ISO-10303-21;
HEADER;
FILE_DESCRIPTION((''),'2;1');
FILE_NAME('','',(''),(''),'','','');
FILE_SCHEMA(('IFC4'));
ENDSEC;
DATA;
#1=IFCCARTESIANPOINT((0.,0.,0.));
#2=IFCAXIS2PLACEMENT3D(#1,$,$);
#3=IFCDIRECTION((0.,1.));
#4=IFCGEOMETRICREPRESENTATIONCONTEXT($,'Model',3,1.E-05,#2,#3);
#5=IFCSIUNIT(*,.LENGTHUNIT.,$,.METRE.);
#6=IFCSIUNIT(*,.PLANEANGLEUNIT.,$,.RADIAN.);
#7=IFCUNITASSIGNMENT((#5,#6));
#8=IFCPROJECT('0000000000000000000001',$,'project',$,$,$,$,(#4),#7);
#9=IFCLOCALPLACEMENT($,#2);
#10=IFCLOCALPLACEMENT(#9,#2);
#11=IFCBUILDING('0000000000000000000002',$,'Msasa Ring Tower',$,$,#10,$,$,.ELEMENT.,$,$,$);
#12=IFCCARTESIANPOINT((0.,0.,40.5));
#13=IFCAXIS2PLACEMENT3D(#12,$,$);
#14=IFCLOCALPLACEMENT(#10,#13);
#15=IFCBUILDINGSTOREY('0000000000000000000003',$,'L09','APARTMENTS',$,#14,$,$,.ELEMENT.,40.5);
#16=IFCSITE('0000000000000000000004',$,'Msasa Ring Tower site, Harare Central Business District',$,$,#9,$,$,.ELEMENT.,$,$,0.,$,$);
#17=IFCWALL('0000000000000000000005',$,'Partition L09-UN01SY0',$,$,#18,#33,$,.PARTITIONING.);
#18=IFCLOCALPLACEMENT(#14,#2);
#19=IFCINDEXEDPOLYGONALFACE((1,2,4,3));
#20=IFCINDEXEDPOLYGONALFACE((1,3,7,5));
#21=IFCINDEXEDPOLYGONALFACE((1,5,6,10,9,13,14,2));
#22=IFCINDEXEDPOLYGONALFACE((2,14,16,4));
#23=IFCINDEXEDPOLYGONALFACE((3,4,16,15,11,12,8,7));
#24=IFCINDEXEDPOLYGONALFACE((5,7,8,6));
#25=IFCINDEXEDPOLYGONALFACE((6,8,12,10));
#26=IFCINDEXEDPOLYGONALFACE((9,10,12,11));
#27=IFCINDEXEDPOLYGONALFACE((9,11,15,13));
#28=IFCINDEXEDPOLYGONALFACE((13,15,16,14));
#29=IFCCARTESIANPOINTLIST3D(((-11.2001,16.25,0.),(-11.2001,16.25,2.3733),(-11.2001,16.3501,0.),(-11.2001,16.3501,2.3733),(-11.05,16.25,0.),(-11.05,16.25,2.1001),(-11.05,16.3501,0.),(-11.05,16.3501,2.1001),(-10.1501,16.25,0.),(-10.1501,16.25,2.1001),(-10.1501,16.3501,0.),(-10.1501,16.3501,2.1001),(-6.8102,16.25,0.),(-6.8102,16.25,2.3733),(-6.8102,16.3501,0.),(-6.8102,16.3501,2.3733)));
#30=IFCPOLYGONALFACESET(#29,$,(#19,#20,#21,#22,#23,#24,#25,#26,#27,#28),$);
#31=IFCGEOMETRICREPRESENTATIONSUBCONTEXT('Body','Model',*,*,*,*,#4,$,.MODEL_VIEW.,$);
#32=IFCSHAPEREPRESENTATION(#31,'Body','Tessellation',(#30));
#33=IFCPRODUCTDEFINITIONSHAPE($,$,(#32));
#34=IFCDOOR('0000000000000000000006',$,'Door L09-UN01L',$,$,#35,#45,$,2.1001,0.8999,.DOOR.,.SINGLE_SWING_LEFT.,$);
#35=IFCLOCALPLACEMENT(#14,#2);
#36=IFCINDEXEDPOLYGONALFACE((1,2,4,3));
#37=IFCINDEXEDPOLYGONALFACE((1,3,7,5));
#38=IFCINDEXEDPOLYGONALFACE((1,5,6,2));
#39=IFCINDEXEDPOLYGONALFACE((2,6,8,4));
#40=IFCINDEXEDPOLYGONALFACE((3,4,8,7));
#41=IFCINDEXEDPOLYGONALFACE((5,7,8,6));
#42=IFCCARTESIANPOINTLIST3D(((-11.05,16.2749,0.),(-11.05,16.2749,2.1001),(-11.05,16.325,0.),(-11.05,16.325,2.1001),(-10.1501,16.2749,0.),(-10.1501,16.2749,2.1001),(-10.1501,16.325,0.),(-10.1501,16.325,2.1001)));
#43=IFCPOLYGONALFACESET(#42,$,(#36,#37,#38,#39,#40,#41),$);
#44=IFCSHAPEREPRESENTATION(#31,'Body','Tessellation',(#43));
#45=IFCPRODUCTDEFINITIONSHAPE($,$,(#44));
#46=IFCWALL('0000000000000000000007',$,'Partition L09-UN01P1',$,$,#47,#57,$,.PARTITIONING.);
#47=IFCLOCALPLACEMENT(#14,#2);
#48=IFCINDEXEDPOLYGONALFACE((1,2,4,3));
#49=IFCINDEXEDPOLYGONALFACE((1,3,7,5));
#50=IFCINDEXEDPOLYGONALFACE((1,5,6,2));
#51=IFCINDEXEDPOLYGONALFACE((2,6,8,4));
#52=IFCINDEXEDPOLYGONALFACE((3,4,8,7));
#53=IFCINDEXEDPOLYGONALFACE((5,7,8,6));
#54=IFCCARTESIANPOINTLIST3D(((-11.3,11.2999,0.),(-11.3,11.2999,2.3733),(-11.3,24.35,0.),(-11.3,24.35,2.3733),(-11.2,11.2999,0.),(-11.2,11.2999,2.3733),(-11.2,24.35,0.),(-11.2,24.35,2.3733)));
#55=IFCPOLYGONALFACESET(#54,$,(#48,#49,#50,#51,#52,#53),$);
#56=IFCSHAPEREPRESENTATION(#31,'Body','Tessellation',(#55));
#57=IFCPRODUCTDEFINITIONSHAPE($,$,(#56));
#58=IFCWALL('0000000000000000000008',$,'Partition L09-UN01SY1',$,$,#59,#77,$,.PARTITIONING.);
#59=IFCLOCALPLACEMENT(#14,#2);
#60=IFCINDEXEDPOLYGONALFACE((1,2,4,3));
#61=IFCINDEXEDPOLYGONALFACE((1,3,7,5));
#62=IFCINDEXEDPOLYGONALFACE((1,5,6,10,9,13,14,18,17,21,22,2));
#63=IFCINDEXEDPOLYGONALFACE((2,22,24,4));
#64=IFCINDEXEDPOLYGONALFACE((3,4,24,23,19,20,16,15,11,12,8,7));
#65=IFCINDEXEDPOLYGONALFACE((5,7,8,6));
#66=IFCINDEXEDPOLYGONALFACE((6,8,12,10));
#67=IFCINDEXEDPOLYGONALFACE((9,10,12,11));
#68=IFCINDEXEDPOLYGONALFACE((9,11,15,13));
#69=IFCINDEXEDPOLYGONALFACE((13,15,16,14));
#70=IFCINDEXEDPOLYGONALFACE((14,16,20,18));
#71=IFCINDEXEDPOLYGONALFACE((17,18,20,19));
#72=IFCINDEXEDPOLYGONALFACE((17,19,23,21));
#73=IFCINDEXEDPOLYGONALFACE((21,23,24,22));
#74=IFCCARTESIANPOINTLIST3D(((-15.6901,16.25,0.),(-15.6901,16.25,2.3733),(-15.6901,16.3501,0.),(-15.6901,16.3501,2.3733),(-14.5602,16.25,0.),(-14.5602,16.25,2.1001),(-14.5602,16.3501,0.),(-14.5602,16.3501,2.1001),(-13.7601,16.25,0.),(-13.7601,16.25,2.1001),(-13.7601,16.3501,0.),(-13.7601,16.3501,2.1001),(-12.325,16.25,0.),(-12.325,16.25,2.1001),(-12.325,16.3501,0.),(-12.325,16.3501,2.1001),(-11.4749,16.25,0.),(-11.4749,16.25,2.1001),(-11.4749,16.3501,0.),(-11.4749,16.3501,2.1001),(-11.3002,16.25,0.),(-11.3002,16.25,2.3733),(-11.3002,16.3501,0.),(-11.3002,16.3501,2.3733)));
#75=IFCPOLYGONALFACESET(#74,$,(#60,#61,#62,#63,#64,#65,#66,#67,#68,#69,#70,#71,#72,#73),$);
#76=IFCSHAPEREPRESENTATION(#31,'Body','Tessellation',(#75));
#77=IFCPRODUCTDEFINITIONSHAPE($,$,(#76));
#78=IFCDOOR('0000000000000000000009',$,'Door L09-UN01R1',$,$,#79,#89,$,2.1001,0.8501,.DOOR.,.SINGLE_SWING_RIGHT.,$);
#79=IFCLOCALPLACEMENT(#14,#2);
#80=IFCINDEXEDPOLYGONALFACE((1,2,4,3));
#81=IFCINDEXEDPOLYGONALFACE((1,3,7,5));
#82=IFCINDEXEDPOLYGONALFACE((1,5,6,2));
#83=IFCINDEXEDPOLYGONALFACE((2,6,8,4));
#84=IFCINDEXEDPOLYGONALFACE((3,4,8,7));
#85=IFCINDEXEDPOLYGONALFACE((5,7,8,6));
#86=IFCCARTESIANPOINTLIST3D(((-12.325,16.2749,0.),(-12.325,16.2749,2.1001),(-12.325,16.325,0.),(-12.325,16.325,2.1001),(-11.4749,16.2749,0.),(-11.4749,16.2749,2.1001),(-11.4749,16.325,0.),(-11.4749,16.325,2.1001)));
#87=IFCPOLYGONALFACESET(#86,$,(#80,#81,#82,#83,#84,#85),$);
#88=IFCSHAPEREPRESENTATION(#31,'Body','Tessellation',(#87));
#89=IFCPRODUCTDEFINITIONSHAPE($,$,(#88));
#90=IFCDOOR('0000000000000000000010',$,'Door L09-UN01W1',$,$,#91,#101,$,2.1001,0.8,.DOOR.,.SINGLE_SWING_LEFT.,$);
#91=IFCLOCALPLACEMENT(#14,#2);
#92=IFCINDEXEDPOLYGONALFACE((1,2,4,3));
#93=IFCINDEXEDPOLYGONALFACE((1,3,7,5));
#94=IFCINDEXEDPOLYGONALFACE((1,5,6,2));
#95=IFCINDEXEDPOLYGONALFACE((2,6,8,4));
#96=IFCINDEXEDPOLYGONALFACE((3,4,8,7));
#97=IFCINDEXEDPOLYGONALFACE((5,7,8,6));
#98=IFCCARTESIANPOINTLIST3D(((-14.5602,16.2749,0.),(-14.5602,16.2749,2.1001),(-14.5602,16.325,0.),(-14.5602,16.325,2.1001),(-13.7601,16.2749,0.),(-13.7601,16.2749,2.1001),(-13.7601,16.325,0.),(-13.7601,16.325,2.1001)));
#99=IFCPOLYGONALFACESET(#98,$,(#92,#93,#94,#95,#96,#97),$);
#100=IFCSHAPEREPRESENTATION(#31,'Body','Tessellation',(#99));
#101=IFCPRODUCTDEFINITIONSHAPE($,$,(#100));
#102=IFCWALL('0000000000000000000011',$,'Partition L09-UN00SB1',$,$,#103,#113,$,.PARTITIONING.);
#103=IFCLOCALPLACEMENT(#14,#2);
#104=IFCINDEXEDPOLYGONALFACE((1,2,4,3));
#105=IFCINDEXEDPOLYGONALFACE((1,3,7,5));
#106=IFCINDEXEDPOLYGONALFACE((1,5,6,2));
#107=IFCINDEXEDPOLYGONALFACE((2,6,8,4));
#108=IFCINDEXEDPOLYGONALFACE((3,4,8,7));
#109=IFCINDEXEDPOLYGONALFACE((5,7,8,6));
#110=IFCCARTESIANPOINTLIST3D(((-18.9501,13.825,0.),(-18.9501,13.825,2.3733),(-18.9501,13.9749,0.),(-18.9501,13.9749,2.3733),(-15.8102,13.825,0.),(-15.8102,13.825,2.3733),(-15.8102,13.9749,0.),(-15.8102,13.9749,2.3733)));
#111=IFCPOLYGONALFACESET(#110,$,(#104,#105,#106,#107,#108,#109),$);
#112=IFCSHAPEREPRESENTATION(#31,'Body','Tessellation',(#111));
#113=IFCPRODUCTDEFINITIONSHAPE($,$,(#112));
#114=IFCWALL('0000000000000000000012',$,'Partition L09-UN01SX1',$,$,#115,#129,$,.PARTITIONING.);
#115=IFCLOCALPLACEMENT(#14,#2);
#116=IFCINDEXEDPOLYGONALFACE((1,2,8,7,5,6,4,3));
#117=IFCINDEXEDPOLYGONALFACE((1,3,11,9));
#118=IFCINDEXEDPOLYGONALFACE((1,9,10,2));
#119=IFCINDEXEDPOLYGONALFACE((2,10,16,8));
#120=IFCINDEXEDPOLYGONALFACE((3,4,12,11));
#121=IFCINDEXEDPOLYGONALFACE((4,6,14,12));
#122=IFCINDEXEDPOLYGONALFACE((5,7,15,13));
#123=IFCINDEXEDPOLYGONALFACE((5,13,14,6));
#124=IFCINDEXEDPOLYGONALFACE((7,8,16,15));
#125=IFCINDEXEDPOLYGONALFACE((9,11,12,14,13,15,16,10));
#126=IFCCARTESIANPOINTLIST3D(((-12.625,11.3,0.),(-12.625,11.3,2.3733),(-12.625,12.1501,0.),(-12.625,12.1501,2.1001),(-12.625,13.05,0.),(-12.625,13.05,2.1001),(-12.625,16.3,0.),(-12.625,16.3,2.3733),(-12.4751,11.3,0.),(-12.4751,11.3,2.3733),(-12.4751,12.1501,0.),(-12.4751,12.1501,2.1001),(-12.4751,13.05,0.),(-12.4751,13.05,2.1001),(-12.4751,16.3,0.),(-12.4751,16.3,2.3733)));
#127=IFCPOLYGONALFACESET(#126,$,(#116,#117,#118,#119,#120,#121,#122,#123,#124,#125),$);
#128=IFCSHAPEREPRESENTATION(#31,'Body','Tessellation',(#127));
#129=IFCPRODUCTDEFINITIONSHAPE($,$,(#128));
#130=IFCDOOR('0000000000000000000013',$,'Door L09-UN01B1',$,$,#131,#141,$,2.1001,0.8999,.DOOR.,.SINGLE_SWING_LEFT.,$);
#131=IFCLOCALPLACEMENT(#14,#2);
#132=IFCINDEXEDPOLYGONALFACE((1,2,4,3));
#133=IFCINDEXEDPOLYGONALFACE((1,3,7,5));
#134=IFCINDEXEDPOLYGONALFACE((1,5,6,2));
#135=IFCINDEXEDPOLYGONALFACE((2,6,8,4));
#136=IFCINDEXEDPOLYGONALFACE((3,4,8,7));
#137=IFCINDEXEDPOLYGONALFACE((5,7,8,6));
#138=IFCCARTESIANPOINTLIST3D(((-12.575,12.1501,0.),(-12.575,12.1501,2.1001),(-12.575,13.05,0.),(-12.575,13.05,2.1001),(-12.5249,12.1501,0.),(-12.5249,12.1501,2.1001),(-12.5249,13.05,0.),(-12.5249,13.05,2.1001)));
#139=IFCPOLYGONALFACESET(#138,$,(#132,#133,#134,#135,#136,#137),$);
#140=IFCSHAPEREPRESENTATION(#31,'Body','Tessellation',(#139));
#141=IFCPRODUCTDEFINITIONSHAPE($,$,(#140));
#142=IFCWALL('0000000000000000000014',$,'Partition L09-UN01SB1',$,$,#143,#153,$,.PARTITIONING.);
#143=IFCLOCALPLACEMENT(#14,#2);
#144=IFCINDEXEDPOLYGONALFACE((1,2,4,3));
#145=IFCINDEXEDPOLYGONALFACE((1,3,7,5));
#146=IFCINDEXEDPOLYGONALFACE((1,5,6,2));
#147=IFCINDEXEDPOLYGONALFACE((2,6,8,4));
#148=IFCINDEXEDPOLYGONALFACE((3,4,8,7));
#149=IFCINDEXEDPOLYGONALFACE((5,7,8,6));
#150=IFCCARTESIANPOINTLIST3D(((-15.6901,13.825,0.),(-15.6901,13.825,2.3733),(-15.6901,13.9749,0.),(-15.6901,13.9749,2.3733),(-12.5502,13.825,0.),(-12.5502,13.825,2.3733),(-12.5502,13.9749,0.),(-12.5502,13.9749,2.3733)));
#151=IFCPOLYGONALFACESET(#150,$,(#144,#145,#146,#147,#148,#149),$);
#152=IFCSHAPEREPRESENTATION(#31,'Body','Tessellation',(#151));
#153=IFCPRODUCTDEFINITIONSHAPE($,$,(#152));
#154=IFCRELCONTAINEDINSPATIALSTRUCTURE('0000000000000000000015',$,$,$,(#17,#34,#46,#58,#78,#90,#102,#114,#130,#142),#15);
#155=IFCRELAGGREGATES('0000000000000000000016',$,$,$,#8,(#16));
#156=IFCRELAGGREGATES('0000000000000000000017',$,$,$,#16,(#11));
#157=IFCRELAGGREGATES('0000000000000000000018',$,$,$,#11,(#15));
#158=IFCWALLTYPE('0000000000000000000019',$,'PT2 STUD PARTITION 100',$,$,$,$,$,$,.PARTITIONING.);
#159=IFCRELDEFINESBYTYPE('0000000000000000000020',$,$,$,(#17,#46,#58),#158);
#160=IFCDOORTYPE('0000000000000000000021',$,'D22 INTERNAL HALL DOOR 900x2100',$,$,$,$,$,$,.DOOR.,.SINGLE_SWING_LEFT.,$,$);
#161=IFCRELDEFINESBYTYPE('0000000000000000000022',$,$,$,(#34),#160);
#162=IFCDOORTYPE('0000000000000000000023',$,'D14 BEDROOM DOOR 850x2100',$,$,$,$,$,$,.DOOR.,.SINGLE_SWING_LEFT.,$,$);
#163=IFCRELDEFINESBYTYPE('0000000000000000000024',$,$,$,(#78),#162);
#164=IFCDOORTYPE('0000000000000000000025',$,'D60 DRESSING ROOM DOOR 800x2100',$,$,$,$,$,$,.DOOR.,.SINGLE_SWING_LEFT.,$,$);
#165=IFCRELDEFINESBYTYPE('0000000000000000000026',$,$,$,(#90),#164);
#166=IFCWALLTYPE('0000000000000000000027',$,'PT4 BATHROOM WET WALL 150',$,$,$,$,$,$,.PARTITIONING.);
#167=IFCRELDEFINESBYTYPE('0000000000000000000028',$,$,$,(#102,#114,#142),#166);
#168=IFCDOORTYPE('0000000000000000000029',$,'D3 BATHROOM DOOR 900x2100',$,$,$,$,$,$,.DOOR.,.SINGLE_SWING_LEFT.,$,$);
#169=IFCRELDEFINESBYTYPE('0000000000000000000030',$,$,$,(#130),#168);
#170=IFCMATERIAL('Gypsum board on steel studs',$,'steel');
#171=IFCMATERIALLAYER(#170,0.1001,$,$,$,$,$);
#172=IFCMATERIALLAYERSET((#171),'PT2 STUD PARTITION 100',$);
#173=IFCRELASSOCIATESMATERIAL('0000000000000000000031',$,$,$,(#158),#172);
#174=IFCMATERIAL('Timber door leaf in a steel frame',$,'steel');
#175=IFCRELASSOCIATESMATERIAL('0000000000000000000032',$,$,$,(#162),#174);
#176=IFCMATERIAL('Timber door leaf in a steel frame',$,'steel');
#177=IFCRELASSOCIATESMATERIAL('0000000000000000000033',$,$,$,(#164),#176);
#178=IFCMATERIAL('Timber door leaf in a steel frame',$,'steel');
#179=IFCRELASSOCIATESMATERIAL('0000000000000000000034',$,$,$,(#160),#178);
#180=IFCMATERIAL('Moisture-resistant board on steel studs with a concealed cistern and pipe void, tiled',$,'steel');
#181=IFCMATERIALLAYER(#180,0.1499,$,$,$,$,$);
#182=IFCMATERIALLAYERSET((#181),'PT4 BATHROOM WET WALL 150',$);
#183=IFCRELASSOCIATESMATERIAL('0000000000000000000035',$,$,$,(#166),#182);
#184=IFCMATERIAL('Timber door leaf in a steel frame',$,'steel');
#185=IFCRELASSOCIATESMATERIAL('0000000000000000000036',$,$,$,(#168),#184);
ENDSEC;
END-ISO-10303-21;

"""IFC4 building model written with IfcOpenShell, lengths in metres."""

from ifc_helpers import new_model, si_unit, direction, frame, frame_2d, origin, place, context, subcontext, project, spatial, rectangle, extrude, material, layer, layer_set, type_object, element, fill, save


model = new_model("IFC4")

# Units and contexts
model_context = context("Model", 3, precision=1e-05, world=origin(), true_north=direction((0.0, 1.0)))
body_context = subcontext(model_context, "Body", "Model", "MODEL_VIEW")
ifc_project = project(units=[si_unit("LENGTHUNIT", "METRE"), si_unit("PLANEANGLEUNIT", "RADIAN")], contexts=[model_context])

# Site, building, storey
site_placement = place(None, origin())
site = spatial("IfcSite", under=ifc_project, at=site_placement, Name="Msasa Ring Tower site, Harare Central Business District", CompositionType="ELEMENT", RefElevation=0.0)
building_placement = place(site_placement, origin())
building = spatial("IfcBuilding", under=site, at=building_placement, Name="Msasa Ring Tower", CompositionType="ELEMENT")
storey_placement = place(building_placement, frame((0.0, 0.0, 40.5)))
storey = spatial("IfcBuildingStorey", under=building, at=storey_placement, Name="L09", Description="APARTMENTS", CompositionType="ELEMENT", Elevation=40.5)

# Shared definitions
ifc_material_1 = material(Name="Gypsum board on steel studs", Category="steel")
ifc_layer_1 = layer(ifc_material_1, 0.1001)
ifc_layer_set_1 = layer_set([ifc_layer_1], Name="PT2 STUD PARTITION 100")
wall_type_1 = type_object("IfcWallType", Name="PT2 STUD PARTITION 100", PredefinedType="PARTITIONING", material=ifc_layer_set_1)
ifc_material_2 = material(Name="Timber door leaf in a steel frame", Category="steel")
door_type_1 = type_object("IfcDoorType", Name="D14 BEDROOM DOOR 850x2100", OperationType="SINGLE_SWING_LEFT", PredefinedType="DOOR", material=ifc_material_2)
ifc_material_3 = material(Name="Timber door leaf in a steel frame", Category="steel")
door_type_2 = type_object("IfcDoorType", Name="D60 DRESSING ROOM DOOR 800x2100", OperationType="SINGLE_SWING_LEFT", PredefinedType="DOOR", material=ifc_material_3)

# Wall, opening, door
wall_1_placement = place(storey_placement, frame((-11.2, 16.3, 0.0), z_axis=(0.0, 0.0, 1.0), x_axis=(1.0, 0.0, 0.0)))
wall_1 = element("IfcWall", 1, at=wall_1_placement, inside=storey, type_object=wall_type_1, Name="Partition L09-UN01SY0", PredefinedType="PARTITIONING", context=body_context, shape_type="SweptSolid", body=[
    extrude(rectangle(XDim=4.3899, YDim=0.1001, at=frame_2d((2.1948, 0.0))), origin(), (0.0, 0.0, 1.0), 2.3733),
])
opening_1_placement = place(wall_1_placement, frame((0.1499, 0.0, 0.0)))
opening_1 = element("IfcOpeningElement", 2, at=opening_1_placement, cuts=wall_1, PredefinedType="OPENING", context=body_context, shape_type="SweptSolid", body=[
    extrude(rectangle(XDim=0.8999, YDim=2.1001, at=frame_2d((0.45, 1.05))), frame((0.0, 0.0601, 0.0), z_axis=(0.0, -1.0, 0.0), x_axis=(1.0, 0.0, 0.0)), (0.0, 0.0, 1.0), 0.1201),
])
ifc_material_4 = material(Name="Timber door leaf in a steel frame", Category="steel")
door_type_3 = type_object("IfcDoorType", Name="D22 INTERNAL HALL DOOR 900x2100", OperationType="SINGLE_SWING_LEFT", PredefinedType="DOOR", material=ifc_material_4)
door_1_placement = place(opening_1_placement, origin())
door_1 = element("IfcDoor", 3, at=door_1_placement, inside=storey, type_object=door_type_3, Name="Door L09-UN01L", OperationType="SINGLE_SWING_LEFT", OverallHeight=2.1001, OverallWidth=0.8999, PredefinedType="DOOR", context=body_context, shape_type="SweptSolid", body=[
    extrude(rectangle(XDim=0.8999, YDim=2.1001, at=frame_2d((0.45, 1.05))), frame((0.0, 0.0249, 0.0), z_axis=(0.0, -1.0, 0.0), x_axis=(1.0, 0.0, 0.0)), (0.0, 0.0, 1.0), 0.05),
])
fill(opening_1, door_1)

# Wall
wall_2_placement = place(storey_placement, frame((-11.25, 11.3, 0.0), z_axis=(0.0, 0.0, 1.0), x_axis=(0.0, 1.0, 0.0)))
element("IfcWall", 4, at=wall_2_placement, inside=storey, type_object=wall_type_1, Name="Partition L09-UN01P1", PredefinedType="PARTITIONING", context=body_context, shape_type="SweptSolid", body=[
    extrude(rectangle(XDim=13.05, YDim=0.1001, at=frame_2d((6.5249, 0.0))), origin(), (0.0, 0.0, 1.0), 2.3733),
])

# Wall, openings, doors
wall_3_placement = place(storey_placement, frame((-15.6899, 16.3, 0.0), z_axis=(0.0, 0.0, 1.0), x_axis=(1.0, 0.0, 0.0)))
wall_3 = element("IfcWall", 5, at=wall_3_placement, inside=storey, type_object=wall_type_1, Name="Partition L09-UN01SY1", PredefinedType="PARTITIONING", context=body_context, shape_type="SweptSolid", body=[
    extrude(rectangle(XDim=4.3899, YDim=0.1001, at=frame_2d((2.1948, 0.0))), origin(), (0.0, 0.0, 1.0), 2.3733),
])
opening_2_placement = place(wall_3_placement, frame((3.365, 0.0, 0.0)))
opening_2 = element("IfcOpeningElement", 6, at=opening_2_placement, cuts=wall_3, PredefinedType="OPENING", context=body_context, shape_type="SweptSolid", body=[
    extrude(rectangle(XDim=0.8501, YDim=2.1001, at=frame_2d((0.425, 1.05))), frame((0.0, 0.0601, 0.0), z_axis=(0.0, -1.0, 0.0), x_axis=(1.0, 0.0, 0.0)), (0.0, 0.0, 1.0), 0.1201),
])
opening_3_placement = place(wall_3_placement, frame((1.1299, 0.0, 0.0)))
opening_3 = element("IfcOpeningElement", 7, at=opening_3_placement, cuts=wall_3, PredefinedType="OPENING", context=body_context, shape_type="SweptSolid", body=[
    extrude(rectangle(XDim=0.8, YDim=2.1001, at=frame_2d((0.3999, 1.05))), frame((0.0, 0.0601, 0.0), z_axis=(0.0, -1.0, 0.0), x_axis=(1.0, 0.0, 0.0)), (0.0, 0.0, 1.0), 0.1201),
])
door_2_placement = place(opening_2_placement, origin())
door_2 = element("IfcDoor", 8, at=door_2_placement, inside=storey, type_object=door_type_1, Name="Door L09-UN01R1", OperationType="SINGLE_SWING_RIGHT", OverallHeight=2.1001, OverallWidth=0.8501, PredefinedType="DOOR", context=body_context, shape_type="SweptSolid", body=[
    extrude(rectangle(XDim=0.8501, YDim=2.1001, at=frame_2d((0.425, 1.05))), frame((0.0, 0.0249, 0.0), z_axis=(0.0, -1.0, 0.0), x_axis=(1.0, 0.0, 0.0)), (0.0, 0.0, 1.0), 0.05),
])
fill(opening_2, door_2)
door_3_placement = place(opening_3_placement, origin())
door_3 = element("IfcDoor", 9, at=door_3_placement, inside=storey, type_object=door_type_2, Name="Door L09-UN01W1", OperationType="SINGLE_SWING_LEFT", OverallHeight=2.1001, OverallWidth=0.8, PredefinedType="DOOR", context=body_context, shape_type="SweptSolid", body=[
    extrude(rectangle(XDim=0.8, YDim=2.1001, at=frame_2d((0.3999, 1.05))), frame((0.0, 0.0249, 0.0), z_axis=(0.0, -1.0, 0.0), x_axis=(1.0, 0.0, 0.0)), (0.0, 0.0, 1.0), 0.05),
])
fill(opening_3, door_3)

# Wall
ifc_material_5 = material(Name="Moisture-resistant board on steel studs with a concealed cistern and pipe void, tiled", Category="steel")
ifc_layer_2 = layer(ifc_material_5, 0.1499)
ifc_layer_set_2 = layer_set([ifc_layer_2], Name="PT4 BATHROOM WET WALL 150")
wall_type_2 = type_object("IfcWallType", Name="PT4 BATHROOM WET WALL 150", PredefinedType="PARTITIONING", material=ifc_layer_set_2)
wall_4_placement = place(storey_placement, frame((-18.95, 13.8999, 0.0), z_axis=(0.0, 0.0, 1.0), x_axis=(1.0, 0.0, 0.0)))
element("IfcWall", 10, at=wall_4_placement, inside=storey, type_object=wall_type_2, Name="Partition L09-UN00SB1", PredefinedType="PARTITIONING", context=body_context, shape_type="SweptSolid", body=[
    extrude(rectangle(XDim=3.1399, YDim=0.1499, at=frame_2d((1.5698, 0.0))), origin(), (0.0, 0.0, 1.0), 2.3733),
])

# Wall, opening, door
wall_5_placement = place(storey_placement, frame((-12.55, 11.3, 0.0), z_axis=(0.0, 0.0, 1.0), x_axis=(0.0, 1.0, 0.0)))
wall_5 = element("IfcWall", 11, at=wall_5_placement, inside=storey, type_object=wall_type_2, Name="Partition L09-UN01SX1", PredefinedType="PARTITIONING", context=body_context, shape_type="SweptSolid", body=[
    extrude(rectangle(XDim=5.0, YDim=0.1499, at=frame_2d((2.5, 0.0))), origin(), (0.0, 0.0, 1.0), 2.3733),
])
opening_4_placement = place(wall_5_placement, frame((0.8501, 0.0, 0.0)))
opening_4 = element("IfcOpeningElement", 12, at=opening_4_placement, cuts=wall_5, PredefinedType="OPENING", context=body_context, shape_type="SweptSolid", body=[
    extrude(rectangle(XDim=0.8999, YDim=2.1001, at=frame_2d((0.45, 1.05))), frame((0.0, 0.085, 0.0), z_axis=(0.0, -1.0, 0.0), x_axis=(1.0, 0.0, 0.0)), (0.0, 0.0, 1.0), 0.1699),
])
ifc_material_6 = material(Name="Timber door leaf in a steel frame", Category="steel")
door_type_4 = type_object("IfcDoorType", Name="D3 BATHROOM DOOR 900x2100", OperationType="SINGLE_SWING_LEFT", PredefinedType="DOOR", material=ifc_material_6)
door_4_placement = place(opening_4_placement, origin())
door_4 = element("IfcDoor", 13, at=door_4_placement, inside=storey, type_object=door_type_4, Name="Door L09-UN01B1", OperationType="SINGLE_SWING_LEFT", OverallHeight=2.1001, OverallWidth=0.8999, PredefinedType="DOOR", context=body_context, shape_type="SweptSolid", body=[
    extrude(rectangle(XDim=0.8999, YDim=2.1001, at=frame_2d((0.45, 1.05))), frame((0.0, 0.0249, 0.0), z_axis=(0.0, -1.0, 0.0), x_axis=(1.0, 0.0, 0.0)), (0.0, 0.0, 1.0), 0.05),
])
fill(opening_4, door_4)

# Wall
wall_6_placement = place(storey_placement, frame((-15.6899, 13.8999, 0.0), z_axis=(0.0, 0.0, 1.0), x_axis=(1.0, 0.0, 0.0)))
element("IfcWall", 14, at=wall_6_placement, inside=storey, type_object=wall_type_2, Name="Partition L09-UN01SB1", PredefinedType="PARTITIONING", context=body_context, shape_type="SweptSolid", body=[
    extrude(rectangle(XDim=3.1399, YDim=0.1499, at=frame_2d((1.5698, 0.0))), origin(), (0.0, 0.0, 1.0), 2.3733),
])

save(model, "model.ifc")
